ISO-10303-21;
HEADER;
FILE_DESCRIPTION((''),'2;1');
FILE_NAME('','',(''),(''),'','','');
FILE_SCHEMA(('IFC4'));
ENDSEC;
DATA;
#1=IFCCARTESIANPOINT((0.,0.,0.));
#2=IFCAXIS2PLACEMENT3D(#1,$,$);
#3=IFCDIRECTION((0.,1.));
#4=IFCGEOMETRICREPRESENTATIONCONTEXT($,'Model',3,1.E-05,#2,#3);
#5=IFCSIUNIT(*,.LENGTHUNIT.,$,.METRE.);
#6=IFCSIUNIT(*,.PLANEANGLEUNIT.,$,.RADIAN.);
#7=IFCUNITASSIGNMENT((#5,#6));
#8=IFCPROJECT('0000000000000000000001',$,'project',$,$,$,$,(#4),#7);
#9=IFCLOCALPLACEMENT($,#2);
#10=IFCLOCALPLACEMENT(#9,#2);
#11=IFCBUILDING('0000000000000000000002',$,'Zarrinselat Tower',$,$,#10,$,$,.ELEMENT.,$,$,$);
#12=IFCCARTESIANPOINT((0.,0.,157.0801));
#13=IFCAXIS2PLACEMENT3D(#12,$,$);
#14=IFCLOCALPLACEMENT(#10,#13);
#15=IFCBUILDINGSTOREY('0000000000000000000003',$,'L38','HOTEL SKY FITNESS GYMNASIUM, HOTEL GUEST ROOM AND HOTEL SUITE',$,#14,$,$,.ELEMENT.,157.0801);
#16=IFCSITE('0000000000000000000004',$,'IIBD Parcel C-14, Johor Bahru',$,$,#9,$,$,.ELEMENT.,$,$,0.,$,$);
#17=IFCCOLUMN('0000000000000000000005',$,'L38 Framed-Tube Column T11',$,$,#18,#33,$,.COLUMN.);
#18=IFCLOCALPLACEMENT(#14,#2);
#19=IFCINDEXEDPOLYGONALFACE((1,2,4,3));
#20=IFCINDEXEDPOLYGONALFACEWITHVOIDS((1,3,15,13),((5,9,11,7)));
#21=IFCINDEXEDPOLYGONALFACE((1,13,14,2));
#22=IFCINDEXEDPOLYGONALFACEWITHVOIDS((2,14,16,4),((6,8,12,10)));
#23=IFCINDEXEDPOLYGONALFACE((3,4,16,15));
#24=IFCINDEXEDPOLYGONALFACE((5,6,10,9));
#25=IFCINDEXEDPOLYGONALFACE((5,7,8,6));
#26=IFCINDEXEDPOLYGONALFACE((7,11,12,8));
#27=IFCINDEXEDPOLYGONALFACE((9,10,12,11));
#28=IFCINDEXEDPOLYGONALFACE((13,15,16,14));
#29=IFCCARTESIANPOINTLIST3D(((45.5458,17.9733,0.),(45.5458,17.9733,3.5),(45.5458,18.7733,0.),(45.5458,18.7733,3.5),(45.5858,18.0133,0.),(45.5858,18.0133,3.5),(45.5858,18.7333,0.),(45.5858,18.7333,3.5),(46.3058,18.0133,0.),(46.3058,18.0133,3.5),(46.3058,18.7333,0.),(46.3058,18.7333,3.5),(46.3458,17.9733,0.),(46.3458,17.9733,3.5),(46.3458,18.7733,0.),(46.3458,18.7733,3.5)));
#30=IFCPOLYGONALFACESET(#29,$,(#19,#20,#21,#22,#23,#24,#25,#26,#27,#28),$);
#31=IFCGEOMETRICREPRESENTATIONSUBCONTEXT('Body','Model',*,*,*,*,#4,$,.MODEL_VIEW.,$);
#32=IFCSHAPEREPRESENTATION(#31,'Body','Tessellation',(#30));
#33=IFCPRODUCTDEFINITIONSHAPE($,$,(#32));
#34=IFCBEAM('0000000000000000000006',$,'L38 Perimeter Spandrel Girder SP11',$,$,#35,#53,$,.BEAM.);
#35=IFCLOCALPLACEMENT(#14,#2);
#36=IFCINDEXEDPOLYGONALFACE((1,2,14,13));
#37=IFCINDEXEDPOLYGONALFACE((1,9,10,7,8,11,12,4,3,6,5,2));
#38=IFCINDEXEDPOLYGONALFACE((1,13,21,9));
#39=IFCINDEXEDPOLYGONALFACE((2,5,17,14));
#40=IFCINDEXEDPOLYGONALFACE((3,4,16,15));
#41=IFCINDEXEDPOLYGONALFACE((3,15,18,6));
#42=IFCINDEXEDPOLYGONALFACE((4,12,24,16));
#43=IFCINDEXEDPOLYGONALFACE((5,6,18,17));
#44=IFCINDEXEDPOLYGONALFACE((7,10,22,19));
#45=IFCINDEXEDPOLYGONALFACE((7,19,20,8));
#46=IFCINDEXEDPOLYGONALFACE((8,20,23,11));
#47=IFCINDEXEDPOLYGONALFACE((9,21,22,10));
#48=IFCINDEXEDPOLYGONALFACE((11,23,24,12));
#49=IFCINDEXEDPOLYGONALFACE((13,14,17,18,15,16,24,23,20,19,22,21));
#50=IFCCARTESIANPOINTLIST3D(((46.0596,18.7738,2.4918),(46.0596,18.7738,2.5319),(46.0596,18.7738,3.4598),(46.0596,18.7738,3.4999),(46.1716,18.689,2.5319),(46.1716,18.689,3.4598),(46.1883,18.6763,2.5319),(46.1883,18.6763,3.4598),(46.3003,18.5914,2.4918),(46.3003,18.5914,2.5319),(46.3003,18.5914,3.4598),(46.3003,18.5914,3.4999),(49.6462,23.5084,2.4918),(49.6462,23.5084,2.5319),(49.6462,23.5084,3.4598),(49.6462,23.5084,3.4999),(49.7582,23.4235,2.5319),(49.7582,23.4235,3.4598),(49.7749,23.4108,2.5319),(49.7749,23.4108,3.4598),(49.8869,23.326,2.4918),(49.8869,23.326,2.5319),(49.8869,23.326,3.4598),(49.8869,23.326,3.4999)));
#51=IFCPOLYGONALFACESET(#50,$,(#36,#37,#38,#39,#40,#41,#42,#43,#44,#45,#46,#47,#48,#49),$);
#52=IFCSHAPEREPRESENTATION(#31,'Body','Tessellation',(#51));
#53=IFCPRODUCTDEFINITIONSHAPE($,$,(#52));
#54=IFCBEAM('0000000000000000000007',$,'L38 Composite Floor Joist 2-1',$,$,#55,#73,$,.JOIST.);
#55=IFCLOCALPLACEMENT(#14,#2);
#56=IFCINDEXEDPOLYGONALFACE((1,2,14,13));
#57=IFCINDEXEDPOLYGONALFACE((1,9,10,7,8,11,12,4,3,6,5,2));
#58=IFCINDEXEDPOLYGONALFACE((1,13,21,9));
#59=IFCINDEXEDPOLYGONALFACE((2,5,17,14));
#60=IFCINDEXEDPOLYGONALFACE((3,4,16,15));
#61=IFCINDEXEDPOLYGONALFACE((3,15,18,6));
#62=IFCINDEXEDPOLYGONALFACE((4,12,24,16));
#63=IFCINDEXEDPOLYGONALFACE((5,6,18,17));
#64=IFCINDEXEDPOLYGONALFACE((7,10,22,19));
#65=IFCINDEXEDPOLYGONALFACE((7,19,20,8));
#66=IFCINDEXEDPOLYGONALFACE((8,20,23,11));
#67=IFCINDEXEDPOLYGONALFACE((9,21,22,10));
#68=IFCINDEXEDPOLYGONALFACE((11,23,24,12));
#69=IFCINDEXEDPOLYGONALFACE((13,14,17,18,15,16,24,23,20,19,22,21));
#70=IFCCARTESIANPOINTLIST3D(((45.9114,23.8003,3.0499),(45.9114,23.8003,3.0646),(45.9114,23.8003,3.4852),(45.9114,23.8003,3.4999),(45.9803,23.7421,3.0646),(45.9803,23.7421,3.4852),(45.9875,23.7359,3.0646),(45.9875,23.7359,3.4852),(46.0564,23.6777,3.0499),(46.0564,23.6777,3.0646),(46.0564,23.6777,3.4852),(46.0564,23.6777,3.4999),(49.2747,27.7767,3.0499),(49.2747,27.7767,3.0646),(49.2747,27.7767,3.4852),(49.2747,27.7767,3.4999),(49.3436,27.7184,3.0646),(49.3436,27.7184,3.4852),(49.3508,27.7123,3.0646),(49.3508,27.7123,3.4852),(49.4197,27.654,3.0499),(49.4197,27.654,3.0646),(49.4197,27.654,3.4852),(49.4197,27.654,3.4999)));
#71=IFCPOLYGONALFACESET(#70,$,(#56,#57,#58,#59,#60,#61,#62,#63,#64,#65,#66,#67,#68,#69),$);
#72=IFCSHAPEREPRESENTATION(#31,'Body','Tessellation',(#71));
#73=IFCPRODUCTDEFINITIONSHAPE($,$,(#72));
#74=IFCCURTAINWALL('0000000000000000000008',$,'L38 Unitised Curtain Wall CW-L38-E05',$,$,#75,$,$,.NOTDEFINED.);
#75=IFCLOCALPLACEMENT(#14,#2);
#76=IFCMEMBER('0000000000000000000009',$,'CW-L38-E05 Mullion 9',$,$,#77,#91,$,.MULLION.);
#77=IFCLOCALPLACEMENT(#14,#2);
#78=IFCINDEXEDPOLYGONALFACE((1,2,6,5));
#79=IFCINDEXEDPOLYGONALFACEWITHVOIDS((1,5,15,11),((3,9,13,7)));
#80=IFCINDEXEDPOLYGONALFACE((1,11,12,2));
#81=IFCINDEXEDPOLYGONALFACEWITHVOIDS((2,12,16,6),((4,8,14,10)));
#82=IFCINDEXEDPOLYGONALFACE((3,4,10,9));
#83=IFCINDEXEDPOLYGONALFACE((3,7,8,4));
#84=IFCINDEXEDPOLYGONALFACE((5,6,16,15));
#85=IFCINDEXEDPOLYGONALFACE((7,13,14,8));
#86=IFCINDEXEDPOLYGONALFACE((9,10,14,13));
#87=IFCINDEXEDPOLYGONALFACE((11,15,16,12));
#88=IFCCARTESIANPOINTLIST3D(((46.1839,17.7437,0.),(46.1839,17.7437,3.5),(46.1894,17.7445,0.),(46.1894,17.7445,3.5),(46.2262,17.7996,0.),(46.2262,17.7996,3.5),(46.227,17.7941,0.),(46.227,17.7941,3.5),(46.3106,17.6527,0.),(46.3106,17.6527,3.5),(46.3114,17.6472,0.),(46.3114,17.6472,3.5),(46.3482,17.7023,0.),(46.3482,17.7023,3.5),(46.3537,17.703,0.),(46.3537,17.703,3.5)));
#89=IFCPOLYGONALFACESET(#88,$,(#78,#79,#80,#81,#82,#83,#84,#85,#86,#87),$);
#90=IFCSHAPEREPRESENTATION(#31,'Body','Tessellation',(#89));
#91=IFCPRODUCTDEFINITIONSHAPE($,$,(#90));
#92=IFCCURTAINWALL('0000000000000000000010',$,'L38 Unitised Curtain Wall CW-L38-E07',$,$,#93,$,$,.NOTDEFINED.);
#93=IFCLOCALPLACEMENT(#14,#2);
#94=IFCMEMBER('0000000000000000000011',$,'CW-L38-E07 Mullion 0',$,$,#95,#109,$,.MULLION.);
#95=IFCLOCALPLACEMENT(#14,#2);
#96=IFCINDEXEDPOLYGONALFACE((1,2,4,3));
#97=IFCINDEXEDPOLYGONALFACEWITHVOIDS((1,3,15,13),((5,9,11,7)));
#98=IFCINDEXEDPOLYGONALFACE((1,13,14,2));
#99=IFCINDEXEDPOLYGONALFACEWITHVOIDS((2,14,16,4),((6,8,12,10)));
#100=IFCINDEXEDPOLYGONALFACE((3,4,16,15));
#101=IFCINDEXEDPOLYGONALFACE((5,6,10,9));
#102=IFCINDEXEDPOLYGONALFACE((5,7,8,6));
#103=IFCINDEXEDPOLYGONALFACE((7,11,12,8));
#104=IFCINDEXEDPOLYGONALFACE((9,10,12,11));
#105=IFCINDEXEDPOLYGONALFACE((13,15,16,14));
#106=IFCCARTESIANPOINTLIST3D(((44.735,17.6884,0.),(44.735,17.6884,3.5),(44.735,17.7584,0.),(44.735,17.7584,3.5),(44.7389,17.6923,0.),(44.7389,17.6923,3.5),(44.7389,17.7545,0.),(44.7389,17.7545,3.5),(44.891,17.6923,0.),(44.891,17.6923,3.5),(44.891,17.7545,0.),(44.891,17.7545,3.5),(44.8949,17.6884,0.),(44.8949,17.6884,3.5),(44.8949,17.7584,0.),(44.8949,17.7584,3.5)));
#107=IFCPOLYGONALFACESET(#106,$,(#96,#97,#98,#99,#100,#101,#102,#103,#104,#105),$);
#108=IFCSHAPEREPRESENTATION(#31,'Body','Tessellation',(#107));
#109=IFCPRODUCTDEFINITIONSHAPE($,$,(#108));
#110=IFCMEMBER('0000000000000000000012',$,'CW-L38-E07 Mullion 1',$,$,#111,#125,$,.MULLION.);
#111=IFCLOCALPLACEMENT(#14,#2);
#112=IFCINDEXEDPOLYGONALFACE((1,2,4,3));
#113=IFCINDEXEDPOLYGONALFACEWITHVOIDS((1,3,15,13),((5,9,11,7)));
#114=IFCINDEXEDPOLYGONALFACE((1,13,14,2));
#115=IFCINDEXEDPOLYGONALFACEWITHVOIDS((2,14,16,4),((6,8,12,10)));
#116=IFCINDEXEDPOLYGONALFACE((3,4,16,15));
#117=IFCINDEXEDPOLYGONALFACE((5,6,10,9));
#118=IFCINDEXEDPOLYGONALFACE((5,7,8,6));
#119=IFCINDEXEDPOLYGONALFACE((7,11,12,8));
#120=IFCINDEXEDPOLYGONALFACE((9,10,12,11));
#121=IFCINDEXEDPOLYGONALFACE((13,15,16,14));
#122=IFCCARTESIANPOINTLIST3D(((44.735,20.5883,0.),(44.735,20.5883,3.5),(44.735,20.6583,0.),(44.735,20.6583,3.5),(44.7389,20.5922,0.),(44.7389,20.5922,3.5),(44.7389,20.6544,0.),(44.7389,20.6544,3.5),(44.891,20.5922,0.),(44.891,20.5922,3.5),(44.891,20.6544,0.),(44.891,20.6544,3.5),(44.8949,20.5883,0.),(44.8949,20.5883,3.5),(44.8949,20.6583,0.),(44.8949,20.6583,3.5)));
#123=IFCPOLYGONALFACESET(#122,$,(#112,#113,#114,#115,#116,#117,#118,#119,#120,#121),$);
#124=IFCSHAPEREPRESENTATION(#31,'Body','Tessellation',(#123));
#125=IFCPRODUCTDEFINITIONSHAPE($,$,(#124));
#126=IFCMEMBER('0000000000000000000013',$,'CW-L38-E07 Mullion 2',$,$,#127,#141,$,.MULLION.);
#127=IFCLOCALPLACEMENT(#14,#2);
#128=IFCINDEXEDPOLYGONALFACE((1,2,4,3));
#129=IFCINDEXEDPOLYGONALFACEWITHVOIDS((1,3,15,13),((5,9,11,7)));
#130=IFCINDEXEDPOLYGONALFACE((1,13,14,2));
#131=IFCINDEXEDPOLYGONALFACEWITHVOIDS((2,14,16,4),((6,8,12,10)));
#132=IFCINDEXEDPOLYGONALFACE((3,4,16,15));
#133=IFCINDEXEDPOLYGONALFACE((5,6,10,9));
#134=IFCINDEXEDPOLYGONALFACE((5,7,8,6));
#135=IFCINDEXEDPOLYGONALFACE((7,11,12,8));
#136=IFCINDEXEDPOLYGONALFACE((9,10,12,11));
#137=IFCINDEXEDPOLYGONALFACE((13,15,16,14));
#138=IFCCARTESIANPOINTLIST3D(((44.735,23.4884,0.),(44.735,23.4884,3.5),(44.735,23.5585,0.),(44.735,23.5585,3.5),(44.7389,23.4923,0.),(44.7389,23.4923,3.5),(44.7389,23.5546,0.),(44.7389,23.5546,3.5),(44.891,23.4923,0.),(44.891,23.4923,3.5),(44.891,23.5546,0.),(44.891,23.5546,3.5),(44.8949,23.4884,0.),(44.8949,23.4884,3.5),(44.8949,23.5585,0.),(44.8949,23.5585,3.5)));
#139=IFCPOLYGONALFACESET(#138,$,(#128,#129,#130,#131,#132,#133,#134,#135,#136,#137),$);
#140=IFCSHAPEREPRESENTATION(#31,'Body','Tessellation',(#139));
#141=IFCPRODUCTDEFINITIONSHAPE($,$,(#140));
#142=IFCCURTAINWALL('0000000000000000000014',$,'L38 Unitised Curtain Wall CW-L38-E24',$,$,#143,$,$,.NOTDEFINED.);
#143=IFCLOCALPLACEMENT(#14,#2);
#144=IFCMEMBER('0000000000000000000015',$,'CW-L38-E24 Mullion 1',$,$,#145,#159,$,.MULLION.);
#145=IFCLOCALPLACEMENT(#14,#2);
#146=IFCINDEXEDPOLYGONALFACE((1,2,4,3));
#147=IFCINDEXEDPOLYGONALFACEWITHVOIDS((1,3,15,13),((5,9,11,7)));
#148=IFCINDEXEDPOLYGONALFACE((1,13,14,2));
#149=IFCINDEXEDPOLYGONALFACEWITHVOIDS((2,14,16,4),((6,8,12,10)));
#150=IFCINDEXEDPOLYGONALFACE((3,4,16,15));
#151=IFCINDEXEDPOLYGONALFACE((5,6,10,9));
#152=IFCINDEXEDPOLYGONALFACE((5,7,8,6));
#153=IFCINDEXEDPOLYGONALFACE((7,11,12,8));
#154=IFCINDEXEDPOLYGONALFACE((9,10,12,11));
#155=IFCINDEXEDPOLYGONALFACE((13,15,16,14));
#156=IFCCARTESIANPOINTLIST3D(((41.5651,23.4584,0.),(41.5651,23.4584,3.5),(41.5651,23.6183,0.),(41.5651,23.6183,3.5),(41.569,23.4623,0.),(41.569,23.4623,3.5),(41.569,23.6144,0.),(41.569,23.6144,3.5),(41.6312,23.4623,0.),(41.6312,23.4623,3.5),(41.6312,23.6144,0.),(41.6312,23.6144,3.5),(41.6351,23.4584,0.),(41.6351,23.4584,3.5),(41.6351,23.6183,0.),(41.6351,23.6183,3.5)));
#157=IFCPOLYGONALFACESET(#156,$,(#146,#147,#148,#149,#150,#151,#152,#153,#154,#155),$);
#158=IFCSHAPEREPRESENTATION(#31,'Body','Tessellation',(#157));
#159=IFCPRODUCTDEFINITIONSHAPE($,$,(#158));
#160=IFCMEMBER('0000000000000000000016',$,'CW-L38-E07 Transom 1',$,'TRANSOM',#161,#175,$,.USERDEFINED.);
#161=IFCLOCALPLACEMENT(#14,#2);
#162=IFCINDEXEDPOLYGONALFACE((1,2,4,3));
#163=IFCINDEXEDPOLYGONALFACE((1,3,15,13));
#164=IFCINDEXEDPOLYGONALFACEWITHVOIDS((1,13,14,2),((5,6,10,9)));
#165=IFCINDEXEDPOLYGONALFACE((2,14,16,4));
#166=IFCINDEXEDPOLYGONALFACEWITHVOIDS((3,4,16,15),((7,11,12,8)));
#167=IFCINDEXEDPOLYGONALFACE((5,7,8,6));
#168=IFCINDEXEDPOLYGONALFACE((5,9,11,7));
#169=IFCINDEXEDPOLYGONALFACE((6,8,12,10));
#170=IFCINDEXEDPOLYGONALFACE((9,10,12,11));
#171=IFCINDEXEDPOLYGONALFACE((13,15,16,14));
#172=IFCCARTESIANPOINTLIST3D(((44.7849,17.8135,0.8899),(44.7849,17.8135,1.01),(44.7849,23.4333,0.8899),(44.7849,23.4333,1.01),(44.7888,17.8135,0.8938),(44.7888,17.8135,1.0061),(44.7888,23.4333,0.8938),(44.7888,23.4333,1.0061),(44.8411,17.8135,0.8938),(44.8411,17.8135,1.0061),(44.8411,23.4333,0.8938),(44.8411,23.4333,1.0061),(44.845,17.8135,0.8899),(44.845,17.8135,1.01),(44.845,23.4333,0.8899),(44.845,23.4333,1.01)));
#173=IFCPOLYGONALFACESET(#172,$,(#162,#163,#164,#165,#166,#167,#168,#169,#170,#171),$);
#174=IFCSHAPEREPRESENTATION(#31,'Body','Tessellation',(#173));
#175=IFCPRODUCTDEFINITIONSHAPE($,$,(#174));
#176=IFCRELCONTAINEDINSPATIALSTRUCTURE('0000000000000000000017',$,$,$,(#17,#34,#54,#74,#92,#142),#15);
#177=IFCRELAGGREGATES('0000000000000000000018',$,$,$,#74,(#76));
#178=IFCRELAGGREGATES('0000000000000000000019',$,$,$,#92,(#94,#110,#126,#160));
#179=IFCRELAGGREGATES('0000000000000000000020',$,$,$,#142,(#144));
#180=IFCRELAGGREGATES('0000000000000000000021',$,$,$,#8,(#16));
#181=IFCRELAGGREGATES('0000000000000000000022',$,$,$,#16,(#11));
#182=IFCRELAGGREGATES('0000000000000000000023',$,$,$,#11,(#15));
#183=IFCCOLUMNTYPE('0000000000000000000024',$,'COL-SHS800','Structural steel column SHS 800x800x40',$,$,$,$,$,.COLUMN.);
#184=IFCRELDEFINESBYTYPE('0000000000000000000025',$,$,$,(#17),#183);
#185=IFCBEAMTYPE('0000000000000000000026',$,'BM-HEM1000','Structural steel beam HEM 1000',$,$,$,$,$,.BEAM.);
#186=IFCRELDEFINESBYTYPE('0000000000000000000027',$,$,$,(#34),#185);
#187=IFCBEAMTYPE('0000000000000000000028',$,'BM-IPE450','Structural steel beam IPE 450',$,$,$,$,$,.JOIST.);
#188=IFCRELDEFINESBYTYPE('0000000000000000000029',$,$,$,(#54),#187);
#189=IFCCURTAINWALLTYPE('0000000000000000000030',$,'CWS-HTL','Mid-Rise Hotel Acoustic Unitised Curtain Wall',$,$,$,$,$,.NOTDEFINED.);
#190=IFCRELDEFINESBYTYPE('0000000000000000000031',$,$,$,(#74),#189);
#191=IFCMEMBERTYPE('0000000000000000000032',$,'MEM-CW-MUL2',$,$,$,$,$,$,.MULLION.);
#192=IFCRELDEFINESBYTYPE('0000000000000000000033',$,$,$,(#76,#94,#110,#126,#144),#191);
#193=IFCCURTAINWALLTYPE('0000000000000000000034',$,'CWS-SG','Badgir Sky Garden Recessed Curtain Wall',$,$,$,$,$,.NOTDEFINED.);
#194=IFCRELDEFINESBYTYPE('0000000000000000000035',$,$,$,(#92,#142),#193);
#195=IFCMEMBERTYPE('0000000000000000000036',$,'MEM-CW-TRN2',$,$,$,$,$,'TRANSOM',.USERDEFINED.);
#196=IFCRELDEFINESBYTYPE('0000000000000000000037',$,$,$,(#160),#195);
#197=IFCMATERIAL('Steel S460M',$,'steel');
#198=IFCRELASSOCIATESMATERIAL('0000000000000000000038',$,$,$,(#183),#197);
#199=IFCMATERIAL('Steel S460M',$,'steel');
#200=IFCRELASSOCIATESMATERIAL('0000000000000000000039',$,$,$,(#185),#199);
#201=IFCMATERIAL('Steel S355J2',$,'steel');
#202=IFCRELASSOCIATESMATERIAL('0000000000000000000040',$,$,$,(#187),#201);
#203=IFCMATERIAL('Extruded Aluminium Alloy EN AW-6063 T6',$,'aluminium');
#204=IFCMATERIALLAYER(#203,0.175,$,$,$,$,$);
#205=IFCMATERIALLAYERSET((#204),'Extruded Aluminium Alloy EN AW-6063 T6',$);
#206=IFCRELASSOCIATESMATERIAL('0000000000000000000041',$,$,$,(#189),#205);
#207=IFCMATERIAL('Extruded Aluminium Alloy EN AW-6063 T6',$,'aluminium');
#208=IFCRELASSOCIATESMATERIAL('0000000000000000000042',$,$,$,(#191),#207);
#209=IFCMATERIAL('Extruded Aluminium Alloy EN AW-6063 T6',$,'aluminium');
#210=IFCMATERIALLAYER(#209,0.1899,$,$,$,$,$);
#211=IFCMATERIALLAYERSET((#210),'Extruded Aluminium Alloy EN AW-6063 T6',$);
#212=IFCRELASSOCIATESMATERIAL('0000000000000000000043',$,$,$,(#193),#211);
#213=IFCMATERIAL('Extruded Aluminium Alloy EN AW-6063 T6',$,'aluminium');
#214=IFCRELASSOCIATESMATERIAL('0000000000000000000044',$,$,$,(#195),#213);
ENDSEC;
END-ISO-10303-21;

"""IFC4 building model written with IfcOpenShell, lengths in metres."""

from ifc_helpers import new_model, si_unit, direction, frame, origin, origin_2d, place, context, subcontext, project, spatial, hollow_rectangle, i_section, extrude, material, layer, layer_set, material_profile, profile_set, type_object, element, aggregate, save


model = new_model("IFC4")

# Units and contexts
model_context = context("Model", 3, precision=1e-05, world=origin(), true_north=direction((0.0, 1.0)))
body_context = subcontext(model_context, "Body", "Model", "MODEL_VIEW")
ifc_project = project(units=[si_unit("LENGTHUNIT", "METRE"), si_unit("PLANEANGLEUNIT", "RADIAN")], contexts=[model_context])

# Site, building, storey
site_placement = place(None, origin())
site = spatial("IfcSite", under=ifc_project, at=site_placement, Name="IIBD Parcel C-14, Johor Bahru", CompositionType="ELEMENT", RefElevation=0.0)
building_placement = place(site_placement, origin())
building = spatial("IfcBuilding", under=site, at=building_placement, Name="Zarrinselat Tower", CompositionType="ELEMENT")
storey_placement = place(building_placement, frame((0.0, 0.0, 157.0801)))
storey = spatial("IfcBuildingStorey", under=building, at=storey_placement, Name="L38", Description="HOTEL SKY FITNESS GYMNASIUM, HOTEL GUEST ROOM AND HOTEL SUITE", CompositionType="ELEMENT", Elevation=157.0801)

# Column
ifc_material_1 = material(Name="Steel S460M", Category="steel")
ifc_material_profile_1 = material_profile(ifc_material_1, hollow_rectangle(XDim=0.8, YDim=0.8, WallThickness=0.04, at=origin_2d()), Name="SHS 800x800x40")
ifc_profile_set_1 = profile_set([ifc_material_profile_1], Name="Steel S460M")
column_type = type_object("IfcColumnType", Name="COL-SHS800", Description="Structural steel column SHS 800x800x40", PredefinedType="COLUMN", material=ifc_profile_set_1)
column_placement = place(storey_placement, frame((45.9458, 18.3733, 0.0), z_axis=(0.0, 0.0, 1.0), x_axis=(1.0, 0.0, 0.0)))
element("IfcColumn", 1, at=column_placement, inside=storey, type_object=column_type, Name="L38 Framed-Tube Column T11", PredefinedType="COLUMN", context=body_context, shape_type="SweptSolid", body=[
    extrude(hollow_rectangle(XDim=0.8, YDim=0.8, WallThickness=0.04, at=origin_2d()), origin(), (0.0, 0.0, 1.0), 3.5),
])

# Beams
ifc_material_2 = material(Name="Steel S460M", Category="steel")
ifc_material_profile_2 = material_profile(ifc_material_2, i_section(OverallWidth=0.302, OverallDepth=1.0081, WebThickness=0.021, FlangeThickness=0.04, at=origin_2d()), Name="HEM 1000")
ifc_profile_set_2 = profile_set([ifc_material_profile_2], Name="Steel S460M")
beam_type_1 = type_object("IfcBeamType", Name="BM-HEM1000", Description="Structural steel beam HEM 1000", PredefinedType="BEAM", material=ifc_profile_set_2)
beam_1_placement = place(storey_placement, frame((46.1799, 18.6826, 2.9958), z_axis=(0.60384, 0.797105, 0.0), x_axis=(-0.797105, 0.60384, 0.0)))
element("IfcBeam", 2, at=beam_1_placement, inside=storey, type_object=beam_type_1, Name="L38 Perimeter Spandrel Girder SP11", PredefinedType="BEAM", context=body_context, shape_type="SweptSolid", body=[
    extrude(i_section(OverallWidth=0.302, OverallDepth=1.0081, WebThickness=0.021, FlangeThickness=0.04, at=origin_2d()), origin(), (0.0, 0.0, 1.0), 5.9397),
])
ifc_material_3 = material(Name="Steel S355J2", Category="steel")
ifc_material_profile_3 = material_profile(ifc_material_3, i_section(OverallWidth=0.1899, OverallDepth=0.45, WebThickness=0.0095, FlangeThickness=0.0146, at=origin_2d()), Name="IPE 450")
ifc_profile_set_3 = profile_set([ifc_material_profile_3], Name="Steel S355J2")
beam_type_2 = type_object("IfcBeamType", Name="BM-IPE450", Description="Structural steel beam IPE 450", PredefinedType="JOIST", material=ifc_profile_set_3)
beam_2_placement = place(storey_placement, frame((45.9839, 23.739, 3.2749), z_axis=(0.645797, 0.763509, 0.0), x_axis=(-0.763509, 0.645797, 0.0)))
element("IfcBeam", 3, at=beam_2_placement, inside=storey, type_object=beam_type_2, Name="L38 Composite Floor Joist 2-1", PredefinedType="JOIST", context=body_context, shape_type="SweptSolid", body=[
    extrude(i_section(OverallWidth=0.1899, OverallDepth=0.45, WebThickness=0.0095, FlangeThickness=0.0146, at=origin_2d()), origin(), (0.0, 0.0, 1.0), 5.208),
])

# Curtain wall, member
ifc_material_4 = material(Name="Extruded Aluminium Alloy EN AW-6063 T6", Category="aluminium")
ifc_layer_1 = layer(ifc_material_4, 0.175)
ifc_layer_set_1 = layer_set([ifc_layer_1], Name="Extruded Aluminium Alloy EN AW-6063 T6")
curtain_wall_type_1 = type_object("IfcCurtainWallType", Name="CWS-HTL", Description="Mid-Rise Hotel Acoustic Unitised Curtain Wall", PredefinedType="NOTDEFINED", material=ifc_layer_set_1)
curtain_wall_1_placement = place(storey_placement, origin())
curtain_wall_1 = element("IfcCurtainWall", 4, at=curtain_wall_1_placement, inside=storey, type_object=curtain_wall_type_1, Name="L38 Unitised Curtain Wall CW-L38-E05", PredefinedType="NOTDEFINED")
ifc_material_5 = material(Name="Extruded Aluminium Alloy EN AW-6063 T6", Category="aluminium")
ifc_material_profile_4 = material_profile(ifc_material_5, hollow_rectangle(XDim=0.0701, YDim=0.1599, WallThickness=0.0039, at=origin_2d()), Name="RHS 160x70x4")
ifc_profile_set_4 = profile_set([ifc_material_profile_4], Name="Extruded Aluminium Alloy EN AW-6063 T6")
member_type_1 = type_object("IfcMemberType", Name="MEM-CW-MUL2", PredefinedType="MULLION", material=ifc_profile_set_4)
member_1_placement = place(storey_placement, frame((46.2688, 17.7234, 0.0), z_axis=(0.0, 0.0, 1.0), x_axis=(-0.603859, -0.797092, 0.0)))
member_1 = element("IfcMember", 5, at=member_1_placement, type_object=member_type_1, Name="CW-L38-E05 Mullion 9", PredefinedType="MULLION", context=body_context, shape_type="SweptSolid", body=[
    extrude(hollow_rectangle(XDim=0.0701, YDim=0.1599, WallThickness=0.0039, at=origin_2d()), origin(), (0.0, 0.0, 1.0), 3.5),
])

# Curtain wall, members
ifc_material_6 = material(Name="Extruded Aluminium Alloy EN AW-6063 T6", Category="aluminium")
ifc_layer_2 = layer(ifc_material_6, 0.1899)
ifc_layer_set_2 = layer_set([ifc_layer_2], Name="Extruded Aluminium Alloy EN AW-6063 T6")
curtain_wall_type_2 = type_object("IfcCurtainWallType", Name="CWS-SG", Description="Badgir Sky Garden Recessed Curtain Wall", PredefinedType="NOTDEFINED", material=ifc_layer_set_2)
curtain_wall_2_placement = place(storey_placement, origin())
curtain_wall_2 = element("IfcCurtainWall", 6, at=curtain_wall_2_placement, inside=storey, type_object=curtain_wall_type_2, Name="L38 Unitised Curtain Wall CW-L38-E07", PredefinedType="NOTDEFINED")
member_2_placement = place(storey_placement, frame((44.8149, 17.7234, 0.0), z_axis=(0.0, 0.0, 1.0), x_axis=(0.0, 1.0, 0.0)))
member_2 = element("IfcMember", 7, at=member_2_placement, type_object=member_type_1, Name="CW-L38-E07 Mullion 0", PredefinedType="MULLION", context=body_context, shape_type="SweptSolid", body=[
    extrude(hollow_rectangle(XDim=0.0701, YDim=0.1599, WallThickness=0.0039, at=origin_2d()), origin(), (0.0, 0.0, 1.0), 3.5),
])
member_3_placement = place(storey_placement, frame((44.8149, 20.6233, 0.0), z_axis=(0.0, 0.0, 1.0), x_axis=(0.0, 1.0, 0.0)))
member_3 = element("IfcMember", 8, at=member_3_placement, type_object=member_type_1, Name="CW-L38-E07 Mullion 1", PredefinedType="MULLION", context=body_context, shape_type="SweptSolid", body=[
    extrude(hollow_rectangle(XDim=0.0701, YDim=0.1599, WallThickness=0.0039, at=origin_2d()), origin(), (0.0, 0.0, 1.0), 3.5),
])
member_4_placement = place(storey_placement, frame((44.8149, 23.5234, 0.0), z_axis=(0.0, 0.0, 1.0), x_axis=(0.0, 1.0, 0.0)))
member_4 = element("IfcMember", 9, at=member_4_placement, type_object=member_type_1, Name="CW-L38-E07 Mullion 2", PredefinedType="MULLION", context=body_context, shape_type="SweptSolid", body=[
    extrude(hollow_rectangle(XDim=0.0701, YDim=0.1599, WallThickness=0.0039, at=origin_2d()), origin(), (0.0, 0.0, 1.0), 3.5),
])

# Curtain wall, member
curtain_wall_3_placement = place(storey_placement, origin())
curtain_wall_3 = element("IfcCurtainWall", 10, at=curtain_wall_3_placement, inside=storey, type_object=curtain_wall_type_2, Name="L38 Unitised Curtain Wall CW-L38-E24", PredefinedType="NOTDEFINED")
member_5_placement = place(storey_placement, frame((41.6001, 23.5383, 0.0), z_axis=(0.0, 0.0, 1.0), x_axis=(-1.0, 0.0, 0.0)))
member_5 = element("IfcMember", 11, at=member_5_placement, type_object=member_type_1, Name="CW-L38-E24 Mullion 1", PredefinedType="MULLION", context=body_context, shape_type="SweptSolid", body=[
    extrude(hollow_rectangle(XDim=0.0701, YDim=0.1599, WallThickness=0.0039, at=origin_2d()), origin(), (0.0, 0.0, 1.0), 3.5),
])

# Member
ifc_material_7 = material(Name="Extruded Aluminium Alloy EN AW-6063 T6", Category="aluminium")
ifc_material_profile_5 = material_profile(ifc_material_7, hollow_rectangle(XDim=0.0601, YDim=0.1201, WallThickness=0.0039, at=origin_2d()), Name="RHS 120x60x4")
ifc_profile_set_5 = profile_set([ifc_material_profile_5], Name="Extruded Aluminium Alloy EN AW-6063 T6")
member_type_2 = type_object("IfcMemberType", Name="MEM-CW-TRN2", ElementType="TRANSOM", PredefinedType="USERDEFINED", material=ifc_profile_set_5)
member_6_placement = place(storey_placement, frame((44.8149, 17.8135, 0.95), z_axis=(0.0, 1.0, 0.0), x_axis=(-1.0, 0.0, 0.0)))
member_6 = element("IfcMember", 12, at=member_6_placement, type_object=member_type_2, Name="CW-L38-E07 Transom 1", ObjectType="TRANSOM", PredefinedType="USERDEFINED", context=body_context, shape_type="SweptSolid", body=[
    extrude(hollow_rectangle(XDim=0.0601, YDim=0.1201, WallThickness=0.0039, at=origin_2d()), origin(), (0.0, 0.0, 1.0), 5.6199),
])

aggregate(curtain_wall_1, [member_1])
aggregate(curtain_wall_2, [member_2, member_3, member_4, member_6])
aggregate(curtain_wall_3, [member_5])

save(model, "model.ifc")
